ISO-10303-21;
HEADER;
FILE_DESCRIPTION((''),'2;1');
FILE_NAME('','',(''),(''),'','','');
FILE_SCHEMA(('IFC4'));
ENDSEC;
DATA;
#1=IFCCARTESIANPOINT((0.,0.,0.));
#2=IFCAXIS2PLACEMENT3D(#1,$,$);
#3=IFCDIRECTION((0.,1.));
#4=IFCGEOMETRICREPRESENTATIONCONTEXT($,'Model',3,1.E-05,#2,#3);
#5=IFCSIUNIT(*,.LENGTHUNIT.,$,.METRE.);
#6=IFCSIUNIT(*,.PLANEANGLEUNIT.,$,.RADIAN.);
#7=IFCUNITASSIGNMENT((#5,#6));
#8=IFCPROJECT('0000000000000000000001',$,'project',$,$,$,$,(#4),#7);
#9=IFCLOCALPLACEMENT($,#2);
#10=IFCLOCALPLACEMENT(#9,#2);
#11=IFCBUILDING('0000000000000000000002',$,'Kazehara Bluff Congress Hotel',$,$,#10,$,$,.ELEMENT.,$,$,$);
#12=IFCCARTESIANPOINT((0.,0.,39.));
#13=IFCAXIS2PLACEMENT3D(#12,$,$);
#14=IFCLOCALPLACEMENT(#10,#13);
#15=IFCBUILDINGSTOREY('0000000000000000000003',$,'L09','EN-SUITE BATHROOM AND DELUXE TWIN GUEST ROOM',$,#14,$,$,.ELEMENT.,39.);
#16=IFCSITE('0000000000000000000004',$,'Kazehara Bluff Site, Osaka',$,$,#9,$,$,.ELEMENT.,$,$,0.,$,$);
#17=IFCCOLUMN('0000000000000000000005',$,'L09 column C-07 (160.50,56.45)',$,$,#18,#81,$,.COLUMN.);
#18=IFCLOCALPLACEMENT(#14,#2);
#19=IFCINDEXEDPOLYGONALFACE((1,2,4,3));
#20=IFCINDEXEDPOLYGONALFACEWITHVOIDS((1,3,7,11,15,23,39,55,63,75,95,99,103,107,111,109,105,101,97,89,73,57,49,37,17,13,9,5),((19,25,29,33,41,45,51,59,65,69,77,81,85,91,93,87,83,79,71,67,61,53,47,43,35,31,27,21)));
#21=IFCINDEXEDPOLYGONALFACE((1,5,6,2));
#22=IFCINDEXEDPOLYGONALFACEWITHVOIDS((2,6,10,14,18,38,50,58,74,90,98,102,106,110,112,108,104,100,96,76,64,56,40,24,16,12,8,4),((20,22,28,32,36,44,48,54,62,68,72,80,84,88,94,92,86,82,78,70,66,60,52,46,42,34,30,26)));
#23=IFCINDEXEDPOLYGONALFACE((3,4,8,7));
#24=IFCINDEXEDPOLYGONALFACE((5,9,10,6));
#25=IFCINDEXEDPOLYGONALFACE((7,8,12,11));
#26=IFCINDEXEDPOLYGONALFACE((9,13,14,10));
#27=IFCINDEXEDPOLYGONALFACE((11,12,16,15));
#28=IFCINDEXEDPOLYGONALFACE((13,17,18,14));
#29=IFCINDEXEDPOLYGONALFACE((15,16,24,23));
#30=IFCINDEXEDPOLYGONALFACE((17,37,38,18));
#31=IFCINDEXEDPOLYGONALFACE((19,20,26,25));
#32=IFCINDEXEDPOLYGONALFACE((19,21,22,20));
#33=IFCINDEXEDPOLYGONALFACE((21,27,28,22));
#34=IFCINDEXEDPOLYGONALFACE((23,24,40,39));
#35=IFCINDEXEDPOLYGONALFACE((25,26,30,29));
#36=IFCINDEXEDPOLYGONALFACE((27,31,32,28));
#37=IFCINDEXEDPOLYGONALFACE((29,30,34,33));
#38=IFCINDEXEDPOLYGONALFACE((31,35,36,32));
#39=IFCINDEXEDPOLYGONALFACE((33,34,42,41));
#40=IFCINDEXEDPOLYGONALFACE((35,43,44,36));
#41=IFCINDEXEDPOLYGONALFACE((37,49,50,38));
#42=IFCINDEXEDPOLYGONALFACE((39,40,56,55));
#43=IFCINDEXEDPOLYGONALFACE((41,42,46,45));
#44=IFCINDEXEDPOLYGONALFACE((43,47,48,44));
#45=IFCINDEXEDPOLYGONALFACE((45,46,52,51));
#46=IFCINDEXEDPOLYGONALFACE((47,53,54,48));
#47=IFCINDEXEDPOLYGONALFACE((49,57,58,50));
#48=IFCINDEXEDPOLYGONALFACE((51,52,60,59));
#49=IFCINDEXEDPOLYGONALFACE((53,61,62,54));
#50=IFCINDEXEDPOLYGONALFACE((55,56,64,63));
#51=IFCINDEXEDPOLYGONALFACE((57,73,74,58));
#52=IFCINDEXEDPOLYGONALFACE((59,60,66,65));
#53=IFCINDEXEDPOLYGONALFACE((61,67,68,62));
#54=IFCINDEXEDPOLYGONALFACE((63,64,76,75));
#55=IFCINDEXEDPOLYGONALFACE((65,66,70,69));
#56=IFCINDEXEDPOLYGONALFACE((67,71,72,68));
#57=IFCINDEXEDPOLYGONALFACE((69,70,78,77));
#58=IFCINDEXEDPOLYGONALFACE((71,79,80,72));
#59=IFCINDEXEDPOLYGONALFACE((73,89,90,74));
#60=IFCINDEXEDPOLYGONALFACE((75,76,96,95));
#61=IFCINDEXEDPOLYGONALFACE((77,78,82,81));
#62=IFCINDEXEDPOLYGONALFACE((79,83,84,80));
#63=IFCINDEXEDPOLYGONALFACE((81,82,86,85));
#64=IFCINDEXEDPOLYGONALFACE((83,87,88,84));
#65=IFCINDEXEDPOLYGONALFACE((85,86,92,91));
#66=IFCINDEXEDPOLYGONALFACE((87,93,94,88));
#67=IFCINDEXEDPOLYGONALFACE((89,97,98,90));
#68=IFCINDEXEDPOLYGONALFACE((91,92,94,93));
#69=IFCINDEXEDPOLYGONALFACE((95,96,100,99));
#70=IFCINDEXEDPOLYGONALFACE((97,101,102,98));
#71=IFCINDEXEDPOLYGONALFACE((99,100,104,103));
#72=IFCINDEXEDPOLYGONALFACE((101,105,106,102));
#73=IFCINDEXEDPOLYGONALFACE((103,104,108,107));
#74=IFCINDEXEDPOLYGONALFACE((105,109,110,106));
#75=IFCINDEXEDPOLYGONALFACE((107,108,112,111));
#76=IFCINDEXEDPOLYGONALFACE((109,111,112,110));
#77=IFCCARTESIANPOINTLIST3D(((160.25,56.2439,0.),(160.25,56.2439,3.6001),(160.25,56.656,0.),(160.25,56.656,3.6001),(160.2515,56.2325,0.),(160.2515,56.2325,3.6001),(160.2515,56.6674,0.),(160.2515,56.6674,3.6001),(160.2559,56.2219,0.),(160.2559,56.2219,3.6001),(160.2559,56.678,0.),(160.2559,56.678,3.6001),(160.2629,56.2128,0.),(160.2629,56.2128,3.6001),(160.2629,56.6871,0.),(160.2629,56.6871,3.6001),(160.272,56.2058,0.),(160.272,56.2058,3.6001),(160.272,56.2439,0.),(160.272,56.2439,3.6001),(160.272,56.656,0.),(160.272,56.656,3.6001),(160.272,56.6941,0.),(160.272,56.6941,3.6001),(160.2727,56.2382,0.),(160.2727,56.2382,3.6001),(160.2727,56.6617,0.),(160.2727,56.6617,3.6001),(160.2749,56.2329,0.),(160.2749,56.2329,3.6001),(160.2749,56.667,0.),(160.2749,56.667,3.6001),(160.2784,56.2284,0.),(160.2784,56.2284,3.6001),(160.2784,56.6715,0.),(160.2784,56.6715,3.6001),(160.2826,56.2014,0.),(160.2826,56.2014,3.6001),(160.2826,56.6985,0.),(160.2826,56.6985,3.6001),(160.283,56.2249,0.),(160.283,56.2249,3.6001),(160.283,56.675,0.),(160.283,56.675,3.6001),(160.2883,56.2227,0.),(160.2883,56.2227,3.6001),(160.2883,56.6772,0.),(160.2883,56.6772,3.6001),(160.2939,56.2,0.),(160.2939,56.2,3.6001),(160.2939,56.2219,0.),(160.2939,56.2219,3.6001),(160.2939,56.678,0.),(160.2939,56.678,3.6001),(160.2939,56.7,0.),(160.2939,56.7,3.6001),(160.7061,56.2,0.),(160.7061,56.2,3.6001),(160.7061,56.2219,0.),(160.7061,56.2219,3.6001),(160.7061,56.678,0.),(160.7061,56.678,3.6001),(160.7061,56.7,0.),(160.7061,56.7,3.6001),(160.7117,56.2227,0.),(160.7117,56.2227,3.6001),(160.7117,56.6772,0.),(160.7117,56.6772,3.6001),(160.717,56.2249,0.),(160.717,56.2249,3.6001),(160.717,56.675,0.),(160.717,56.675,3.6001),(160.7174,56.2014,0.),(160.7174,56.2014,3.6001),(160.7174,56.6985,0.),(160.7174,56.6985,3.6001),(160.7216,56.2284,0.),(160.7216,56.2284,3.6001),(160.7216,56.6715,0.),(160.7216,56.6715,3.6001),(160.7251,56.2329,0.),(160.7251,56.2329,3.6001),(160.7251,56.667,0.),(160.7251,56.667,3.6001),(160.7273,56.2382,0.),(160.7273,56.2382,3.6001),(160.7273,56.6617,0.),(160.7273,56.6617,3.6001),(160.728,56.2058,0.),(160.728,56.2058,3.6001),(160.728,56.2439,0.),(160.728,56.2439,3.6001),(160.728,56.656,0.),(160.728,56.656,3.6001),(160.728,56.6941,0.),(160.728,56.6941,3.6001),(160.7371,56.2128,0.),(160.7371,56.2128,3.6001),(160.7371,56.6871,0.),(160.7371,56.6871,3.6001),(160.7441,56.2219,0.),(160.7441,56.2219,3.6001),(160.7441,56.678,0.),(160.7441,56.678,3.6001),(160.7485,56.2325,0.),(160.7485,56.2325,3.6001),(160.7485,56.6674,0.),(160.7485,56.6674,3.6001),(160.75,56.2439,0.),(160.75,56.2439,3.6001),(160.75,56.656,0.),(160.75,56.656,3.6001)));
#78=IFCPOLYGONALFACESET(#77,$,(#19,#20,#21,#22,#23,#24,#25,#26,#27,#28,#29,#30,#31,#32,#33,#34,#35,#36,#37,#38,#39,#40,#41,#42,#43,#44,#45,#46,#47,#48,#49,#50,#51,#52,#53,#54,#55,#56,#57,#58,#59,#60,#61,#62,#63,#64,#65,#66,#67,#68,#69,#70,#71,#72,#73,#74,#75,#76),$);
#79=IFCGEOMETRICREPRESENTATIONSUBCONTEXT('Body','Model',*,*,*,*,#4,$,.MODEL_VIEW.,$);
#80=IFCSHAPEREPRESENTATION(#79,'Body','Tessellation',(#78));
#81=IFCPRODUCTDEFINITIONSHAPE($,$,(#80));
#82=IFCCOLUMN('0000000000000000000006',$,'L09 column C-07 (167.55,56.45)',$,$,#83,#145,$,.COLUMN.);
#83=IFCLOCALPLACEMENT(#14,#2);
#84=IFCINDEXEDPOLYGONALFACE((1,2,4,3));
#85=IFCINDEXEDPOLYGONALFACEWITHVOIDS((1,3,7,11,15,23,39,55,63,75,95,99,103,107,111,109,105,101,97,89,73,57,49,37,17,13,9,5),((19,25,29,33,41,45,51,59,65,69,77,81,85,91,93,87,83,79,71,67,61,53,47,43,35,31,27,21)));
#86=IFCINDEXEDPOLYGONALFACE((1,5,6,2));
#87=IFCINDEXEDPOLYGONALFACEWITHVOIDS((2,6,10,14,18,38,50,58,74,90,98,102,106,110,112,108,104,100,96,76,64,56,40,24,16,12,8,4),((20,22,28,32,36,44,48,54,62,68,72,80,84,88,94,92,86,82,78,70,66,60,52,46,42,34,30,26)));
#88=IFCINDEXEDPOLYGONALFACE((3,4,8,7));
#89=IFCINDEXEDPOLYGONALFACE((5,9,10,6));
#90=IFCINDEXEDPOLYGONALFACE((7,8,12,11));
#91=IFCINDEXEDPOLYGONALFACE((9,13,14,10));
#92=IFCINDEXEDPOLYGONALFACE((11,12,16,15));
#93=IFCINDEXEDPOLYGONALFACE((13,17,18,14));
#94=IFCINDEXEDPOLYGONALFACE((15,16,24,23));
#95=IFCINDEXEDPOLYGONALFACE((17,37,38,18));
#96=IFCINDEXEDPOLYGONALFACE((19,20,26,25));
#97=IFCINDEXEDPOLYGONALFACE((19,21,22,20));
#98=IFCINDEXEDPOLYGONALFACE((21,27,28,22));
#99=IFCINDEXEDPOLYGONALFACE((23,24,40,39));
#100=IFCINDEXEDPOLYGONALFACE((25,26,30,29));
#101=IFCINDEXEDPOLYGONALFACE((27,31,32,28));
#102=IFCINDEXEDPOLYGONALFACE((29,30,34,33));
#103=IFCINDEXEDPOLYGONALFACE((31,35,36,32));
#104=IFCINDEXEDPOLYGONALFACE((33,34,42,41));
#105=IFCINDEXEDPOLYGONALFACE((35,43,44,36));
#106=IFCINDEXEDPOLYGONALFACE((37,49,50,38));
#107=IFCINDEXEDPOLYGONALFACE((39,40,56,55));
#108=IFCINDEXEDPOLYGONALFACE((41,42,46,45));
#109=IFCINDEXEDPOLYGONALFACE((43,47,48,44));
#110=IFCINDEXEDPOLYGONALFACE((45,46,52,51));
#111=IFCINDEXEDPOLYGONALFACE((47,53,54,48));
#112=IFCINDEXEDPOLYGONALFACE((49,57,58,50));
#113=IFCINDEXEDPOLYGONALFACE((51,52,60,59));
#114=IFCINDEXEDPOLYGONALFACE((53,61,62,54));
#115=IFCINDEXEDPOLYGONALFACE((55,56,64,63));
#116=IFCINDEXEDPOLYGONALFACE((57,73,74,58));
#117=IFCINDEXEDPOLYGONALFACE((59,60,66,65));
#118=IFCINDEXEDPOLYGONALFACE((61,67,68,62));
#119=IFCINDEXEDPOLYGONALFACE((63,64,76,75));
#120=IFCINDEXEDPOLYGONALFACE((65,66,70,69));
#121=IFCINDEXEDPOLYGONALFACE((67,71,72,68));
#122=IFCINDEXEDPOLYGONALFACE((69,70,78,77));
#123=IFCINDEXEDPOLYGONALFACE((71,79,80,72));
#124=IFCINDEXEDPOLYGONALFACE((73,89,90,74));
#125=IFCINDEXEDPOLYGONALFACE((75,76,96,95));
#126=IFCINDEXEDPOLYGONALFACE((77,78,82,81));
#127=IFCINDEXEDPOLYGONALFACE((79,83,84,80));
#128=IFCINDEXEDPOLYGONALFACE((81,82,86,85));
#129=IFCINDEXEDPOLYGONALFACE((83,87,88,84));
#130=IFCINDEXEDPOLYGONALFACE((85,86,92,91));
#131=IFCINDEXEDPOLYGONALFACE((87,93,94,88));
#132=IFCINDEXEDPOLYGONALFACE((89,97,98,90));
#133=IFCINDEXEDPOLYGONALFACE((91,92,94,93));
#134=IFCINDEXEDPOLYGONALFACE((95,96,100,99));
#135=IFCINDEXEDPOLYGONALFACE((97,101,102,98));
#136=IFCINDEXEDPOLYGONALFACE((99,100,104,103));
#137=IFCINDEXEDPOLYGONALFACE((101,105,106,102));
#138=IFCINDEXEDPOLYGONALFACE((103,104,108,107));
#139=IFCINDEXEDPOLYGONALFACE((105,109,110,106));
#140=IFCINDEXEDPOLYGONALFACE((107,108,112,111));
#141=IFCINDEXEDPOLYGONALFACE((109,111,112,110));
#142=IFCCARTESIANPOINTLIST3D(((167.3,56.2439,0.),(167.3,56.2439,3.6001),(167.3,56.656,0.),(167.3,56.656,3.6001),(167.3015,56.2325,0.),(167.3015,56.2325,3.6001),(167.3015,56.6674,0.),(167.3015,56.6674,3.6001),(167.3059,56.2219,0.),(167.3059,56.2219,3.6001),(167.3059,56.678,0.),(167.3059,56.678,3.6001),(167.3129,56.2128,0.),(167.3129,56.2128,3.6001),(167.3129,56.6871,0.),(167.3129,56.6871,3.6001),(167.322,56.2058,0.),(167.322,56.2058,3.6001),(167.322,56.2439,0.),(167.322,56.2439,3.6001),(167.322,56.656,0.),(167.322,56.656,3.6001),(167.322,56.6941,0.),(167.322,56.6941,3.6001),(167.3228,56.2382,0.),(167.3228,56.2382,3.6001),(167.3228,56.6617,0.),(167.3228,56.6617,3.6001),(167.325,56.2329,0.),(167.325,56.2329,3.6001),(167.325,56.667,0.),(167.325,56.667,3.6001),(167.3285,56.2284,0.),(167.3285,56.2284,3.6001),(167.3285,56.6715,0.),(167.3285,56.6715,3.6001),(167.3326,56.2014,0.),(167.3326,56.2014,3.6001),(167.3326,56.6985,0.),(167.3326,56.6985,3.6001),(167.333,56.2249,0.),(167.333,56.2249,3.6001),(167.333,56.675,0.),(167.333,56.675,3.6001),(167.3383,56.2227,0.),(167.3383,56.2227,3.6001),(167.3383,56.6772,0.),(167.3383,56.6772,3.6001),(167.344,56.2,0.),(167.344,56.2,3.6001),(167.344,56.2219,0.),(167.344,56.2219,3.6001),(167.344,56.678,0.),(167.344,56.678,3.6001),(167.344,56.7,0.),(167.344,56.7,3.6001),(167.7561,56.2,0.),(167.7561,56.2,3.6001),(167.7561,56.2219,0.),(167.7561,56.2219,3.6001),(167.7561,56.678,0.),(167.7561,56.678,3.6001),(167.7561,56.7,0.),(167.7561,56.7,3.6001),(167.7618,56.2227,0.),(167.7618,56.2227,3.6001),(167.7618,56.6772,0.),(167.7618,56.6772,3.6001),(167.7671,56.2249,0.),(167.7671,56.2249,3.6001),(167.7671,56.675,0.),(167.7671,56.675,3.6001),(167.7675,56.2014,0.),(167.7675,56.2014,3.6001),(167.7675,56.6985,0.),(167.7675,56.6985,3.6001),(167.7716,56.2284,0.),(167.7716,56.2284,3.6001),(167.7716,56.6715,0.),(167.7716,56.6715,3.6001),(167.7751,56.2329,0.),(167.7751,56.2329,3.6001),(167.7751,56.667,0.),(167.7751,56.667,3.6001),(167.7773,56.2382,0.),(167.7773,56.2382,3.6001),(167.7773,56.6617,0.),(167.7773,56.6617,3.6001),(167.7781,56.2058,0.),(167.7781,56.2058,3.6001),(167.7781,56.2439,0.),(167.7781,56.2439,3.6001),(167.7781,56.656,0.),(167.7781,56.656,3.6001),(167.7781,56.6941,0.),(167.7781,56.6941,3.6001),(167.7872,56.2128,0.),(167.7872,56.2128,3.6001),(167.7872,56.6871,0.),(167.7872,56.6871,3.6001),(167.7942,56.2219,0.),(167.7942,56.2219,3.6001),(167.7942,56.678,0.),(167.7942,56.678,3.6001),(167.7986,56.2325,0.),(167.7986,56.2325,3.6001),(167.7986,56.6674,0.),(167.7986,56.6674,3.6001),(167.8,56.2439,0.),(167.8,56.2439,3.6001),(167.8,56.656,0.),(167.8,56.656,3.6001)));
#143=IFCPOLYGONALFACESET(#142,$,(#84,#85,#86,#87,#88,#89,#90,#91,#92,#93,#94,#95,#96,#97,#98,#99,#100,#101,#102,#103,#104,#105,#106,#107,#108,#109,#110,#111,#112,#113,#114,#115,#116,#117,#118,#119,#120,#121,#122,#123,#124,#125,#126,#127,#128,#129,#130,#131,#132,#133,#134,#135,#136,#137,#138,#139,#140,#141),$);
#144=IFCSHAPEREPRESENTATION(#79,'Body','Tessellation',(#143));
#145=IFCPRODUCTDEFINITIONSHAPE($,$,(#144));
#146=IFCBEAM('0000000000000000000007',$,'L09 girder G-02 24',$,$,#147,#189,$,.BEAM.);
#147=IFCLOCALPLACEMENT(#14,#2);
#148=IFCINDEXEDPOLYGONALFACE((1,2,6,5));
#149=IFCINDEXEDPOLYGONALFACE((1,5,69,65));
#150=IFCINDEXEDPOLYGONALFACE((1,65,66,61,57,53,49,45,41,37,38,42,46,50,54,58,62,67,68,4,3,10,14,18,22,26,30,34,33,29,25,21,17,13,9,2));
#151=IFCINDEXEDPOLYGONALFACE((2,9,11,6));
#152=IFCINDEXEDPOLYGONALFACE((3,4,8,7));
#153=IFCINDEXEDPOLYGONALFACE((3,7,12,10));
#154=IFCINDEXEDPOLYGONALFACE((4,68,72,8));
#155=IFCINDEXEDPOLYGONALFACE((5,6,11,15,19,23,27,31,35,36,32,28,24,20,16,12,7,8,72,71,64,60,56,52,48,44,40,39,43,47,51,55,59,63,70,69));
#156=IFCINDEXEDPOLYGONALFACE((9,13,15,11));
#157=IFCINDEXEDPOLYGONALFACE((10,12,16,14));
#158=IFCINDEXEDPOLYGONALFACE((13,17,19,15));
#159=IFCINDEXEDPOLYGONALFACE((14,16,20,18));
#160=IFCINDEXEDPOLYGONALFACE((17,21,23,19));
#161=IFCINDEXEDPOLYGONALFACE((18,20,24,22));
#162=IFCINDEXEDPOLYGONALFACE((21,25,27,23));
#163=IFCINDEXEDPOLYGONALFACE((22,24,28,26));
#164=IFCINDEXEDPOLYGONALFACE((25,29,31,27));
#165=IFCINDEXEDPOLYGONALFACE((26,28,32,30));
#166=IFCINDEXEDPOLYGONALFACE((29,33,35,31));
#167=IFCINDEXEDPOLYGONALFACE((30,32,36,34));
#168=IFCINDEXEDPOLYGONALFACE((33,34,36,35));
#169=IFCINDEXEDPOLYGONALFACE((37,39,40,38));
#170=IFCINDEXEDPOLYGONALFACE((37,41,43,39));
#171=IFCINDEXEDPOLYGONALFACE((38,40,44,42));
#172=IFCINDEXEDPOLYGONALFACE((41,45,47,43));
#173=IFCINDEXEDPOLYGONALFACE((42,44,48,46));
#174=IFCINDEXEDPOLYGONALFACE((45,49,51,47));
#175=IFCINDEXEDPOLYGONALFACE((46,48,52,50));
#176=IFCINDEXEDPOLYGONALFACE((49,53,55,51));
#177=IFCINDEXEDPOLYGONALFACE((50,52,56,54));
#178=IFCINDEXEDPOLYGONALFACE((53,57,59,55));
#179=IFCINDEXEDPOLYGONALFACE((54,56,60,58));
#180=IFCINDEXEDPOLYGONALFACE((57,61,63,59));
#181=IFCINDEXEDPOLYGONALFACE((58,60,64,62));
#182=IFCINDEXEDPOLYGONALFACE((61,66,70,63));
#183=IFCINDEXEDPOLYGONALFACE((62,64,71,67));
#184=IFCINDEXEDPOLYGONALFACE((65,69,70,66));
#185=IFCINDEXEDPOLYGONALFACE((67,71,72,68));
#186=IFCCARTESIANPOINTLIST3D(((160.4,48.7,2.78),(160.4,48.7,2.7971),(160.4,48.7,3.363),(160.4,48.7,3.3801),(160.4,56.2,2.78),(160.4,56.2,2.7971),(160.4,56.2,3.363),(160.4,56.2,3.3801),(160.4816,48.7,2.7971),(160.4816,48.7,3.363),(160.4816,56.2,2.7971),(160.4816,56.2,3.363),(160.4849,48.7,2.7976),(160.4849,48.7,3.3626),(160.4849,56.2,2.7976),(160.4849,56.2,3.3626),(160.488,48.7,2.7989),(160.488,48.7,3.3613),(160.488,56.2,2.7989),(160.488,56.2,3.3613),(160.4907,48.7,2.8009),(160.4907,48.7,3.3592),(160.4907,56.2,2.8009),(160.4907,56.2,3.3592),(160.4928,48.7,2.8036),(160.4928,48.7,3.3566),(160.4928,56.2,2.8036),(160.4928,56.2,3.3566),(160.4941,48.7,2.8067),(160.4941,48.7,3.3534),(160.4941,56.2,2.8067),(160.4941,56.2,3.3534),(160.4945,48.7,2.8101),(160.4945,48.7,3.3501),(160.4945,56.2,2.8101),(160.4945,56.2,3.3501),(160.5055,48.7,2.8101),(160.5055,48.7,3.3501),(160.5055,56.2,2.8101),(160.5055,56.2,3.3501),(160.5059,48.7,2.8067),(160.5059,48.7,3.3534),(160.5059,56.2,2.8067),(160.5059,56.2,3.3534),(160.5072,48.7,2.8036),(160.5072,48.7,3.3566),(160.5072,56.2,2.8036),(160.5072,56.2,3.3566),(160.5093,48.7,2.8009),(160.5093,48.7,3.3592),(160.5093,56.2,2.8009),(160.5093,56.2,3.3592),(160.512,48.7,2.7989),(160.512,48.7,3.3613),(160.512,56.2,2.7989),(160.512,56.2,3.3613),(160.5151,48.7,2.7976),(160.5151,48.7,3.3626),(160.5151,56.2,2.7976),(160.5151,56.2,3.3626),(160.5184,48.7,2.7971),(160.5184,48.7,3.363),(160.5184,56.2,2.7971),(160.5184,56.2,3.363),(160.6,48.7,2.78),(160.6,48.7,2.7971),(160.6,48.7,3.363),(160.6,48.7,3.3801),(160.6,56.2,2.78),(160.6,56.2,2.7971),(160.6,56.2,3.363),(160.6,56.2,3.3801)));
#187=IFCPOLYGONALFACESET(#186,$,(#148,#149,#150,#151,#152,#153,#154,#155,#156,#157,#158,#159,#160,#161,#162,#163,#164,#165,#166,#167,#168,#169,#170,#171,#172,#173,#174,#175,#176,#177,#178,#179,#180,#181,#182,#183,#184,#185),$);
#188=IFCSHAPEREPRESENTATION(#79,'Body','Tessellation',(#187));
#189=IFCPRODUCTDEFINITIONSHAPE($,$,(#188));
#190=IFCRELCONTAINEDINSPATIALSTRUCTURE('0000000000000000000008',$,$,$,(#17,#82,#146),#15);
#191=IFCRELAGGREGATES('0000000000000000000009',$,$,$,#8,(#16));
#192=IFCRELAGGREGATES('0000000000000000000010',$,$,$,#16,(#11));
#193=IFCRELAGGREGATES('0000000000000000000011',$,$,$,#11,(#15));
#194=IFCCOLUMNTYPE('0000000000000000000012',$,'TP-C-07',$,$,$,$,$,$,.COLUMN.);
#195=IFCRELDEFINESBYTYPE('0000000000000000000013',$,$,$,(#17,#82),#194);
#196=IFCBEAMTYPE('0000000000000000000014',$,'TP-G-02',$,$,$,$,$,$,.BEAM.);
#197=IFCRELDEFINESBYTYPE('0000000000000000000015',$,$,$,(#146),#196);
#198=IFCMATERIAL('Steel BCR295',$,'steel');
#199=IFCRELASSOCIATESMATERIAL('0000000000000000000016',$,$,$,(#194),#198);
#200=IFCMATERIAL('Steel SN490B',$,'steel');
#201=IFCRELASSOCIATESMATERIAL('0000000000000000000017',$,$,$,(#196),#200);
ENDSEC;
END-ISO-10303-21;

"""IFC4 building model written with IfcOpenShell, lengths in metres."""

from ifc_helpers import new_model, si_unit, direction, frame, origin, origin_2d, place, context, subcontext, project, spatial, hollow_rectangle, i_section, extrude, material, material_profile, profile_set, type_object, element, save


model = new_model("IFC4")

# Units and contexts
model_context = context("Model", 3, precision=1e-05, world=origin(), true_north=direction((0.0, 1.0)))
body_context = subcontext(model_context, "Body", "Model", "MODEL_VIEW")
ifc_project = project(units=[si_unit("LENGTHUNIT", "METRE"), si_unit("PLANEANGLEUNIT", "RADIAN")], contexts=[model_context])

# Site, building, storey
site_placement = place(None, origin())
site = spatial("IfcSite", under=ifc_project, at=site_placement, Name="Kazehara Bluff Site, Osaka", CompositionType="ELEMENT", RefElevation=0.0)
building_placement = place(site_placement, origin())
building = spatial("IfcBuilding", under=site, at=building_placement, Name="Kazehara Bluff Congress Hotel", CompositionType="ELEMENT")
storey_placement = place(building_placement, frame((0.0, 0.0, 39.0)))
storey = spatial("IfcBuildingStorey", under=building, at=storey_placement, Name="L09", Description="EN-SUITE BATHROOM AND DELUXE TWIN GUEST ROOM", CompositionType="ELEMENT", Elevation=39.0)

# Columns
ifc_material_1 = material(Name="Steel BCR295", Category="steel")
ifc_material_profile_1 = material_profile(ifc_material_1, hollow_rectangle(XDim=0.5, YDim=0.5, WallThickness=0.022, InnerFilletRadius=0.022, OuterFilletRadius=0.0439, at=origin_2d()))
ifc_profile_set_1 = profile_set([ifc_material_profile_1], Name="Steel BCR295")
column_type = type_object("IfcColumnType", Name="TP-C-07", PredefinedType="COLUMN", material=ifc_profile_set_1)
for number, where, z_axis, x_axis, name in (
    (1, (160.5, 56.45, 0.0), (0.0, 0.0, 1.0), (1.0, 0.0, 0.0), "L09 column C-07 (160.50,56.45)"),
    (2, (167.55, 56.45, 0.0), (0.0, 0.0, 1.0), (1.0, 0.0, 0.0), "L09 column C-07 (167.55,56.45)"),
):
    element("IfcColumn", number, at=place(storey_placement, frame(where, z_axis=z_axis, x_axis=x_axis)), inside=storey, type_object=column_type, Name=name, PredefinedType="COLUMN", context=body_context, shape_type="SweptSolid", body=[
        extrude(hollow_rectangle(XDim=0.5, YDim=0.5, WallThickness=0.022, InnerFilletRadius=0.022, OuterFilletRadius=0.0439, at=origin_2d()), origin(), (0.0, 0.0, 1.0), 3.6001),
    ])

# Beam
ifc_material_2 = material(Name="Steel SN490B", Category="steel")
ifc_material_profile_2 = material_profile(ifc_material_2, i_section(OverallWidth=0.2, OverallDepth=0.6001, WebThickness=0.011, FlangeThickness=0.0171, FilletRadius=0.0129, at=origin_2d()))
ifc_profile_set_2 = profile_set([ifc_material_profile_2], Name="Steel SN490B")
beam_type_1 = type_object("IfcBeamType", Name="TP-G-02", PredefinedType="BEAM", material=ifc_profile_set_2)
for number, where, z_axis, x_axis, name in (
    (3, (160.5, 48.7, 3.0801), (0.0, 1.0, 0.0), (-1.0, 0.0, 0.0), "L09 girder G-02 24"),
):
    element("IfcBeam", number, at=place(storey_placement, frame(where, z_axis=z_axis, x_axis=x_axis)), inside=storey, type_object=beam_type_1, Name=name, PredefinedType="BEAM", context=body_context, shape_type="SweptSolid", body=[
        extrude(i_section(OverallWidth=0.2, OverallDepth=0.6001, WebThickness=0.011, FlangeThickness=0.0171, FilletRadius=0.0129, at=origin_2d()), origin(), (0.0, 0.0, 1.0), 7.5),
    ])

save(model, "model.ifc")
